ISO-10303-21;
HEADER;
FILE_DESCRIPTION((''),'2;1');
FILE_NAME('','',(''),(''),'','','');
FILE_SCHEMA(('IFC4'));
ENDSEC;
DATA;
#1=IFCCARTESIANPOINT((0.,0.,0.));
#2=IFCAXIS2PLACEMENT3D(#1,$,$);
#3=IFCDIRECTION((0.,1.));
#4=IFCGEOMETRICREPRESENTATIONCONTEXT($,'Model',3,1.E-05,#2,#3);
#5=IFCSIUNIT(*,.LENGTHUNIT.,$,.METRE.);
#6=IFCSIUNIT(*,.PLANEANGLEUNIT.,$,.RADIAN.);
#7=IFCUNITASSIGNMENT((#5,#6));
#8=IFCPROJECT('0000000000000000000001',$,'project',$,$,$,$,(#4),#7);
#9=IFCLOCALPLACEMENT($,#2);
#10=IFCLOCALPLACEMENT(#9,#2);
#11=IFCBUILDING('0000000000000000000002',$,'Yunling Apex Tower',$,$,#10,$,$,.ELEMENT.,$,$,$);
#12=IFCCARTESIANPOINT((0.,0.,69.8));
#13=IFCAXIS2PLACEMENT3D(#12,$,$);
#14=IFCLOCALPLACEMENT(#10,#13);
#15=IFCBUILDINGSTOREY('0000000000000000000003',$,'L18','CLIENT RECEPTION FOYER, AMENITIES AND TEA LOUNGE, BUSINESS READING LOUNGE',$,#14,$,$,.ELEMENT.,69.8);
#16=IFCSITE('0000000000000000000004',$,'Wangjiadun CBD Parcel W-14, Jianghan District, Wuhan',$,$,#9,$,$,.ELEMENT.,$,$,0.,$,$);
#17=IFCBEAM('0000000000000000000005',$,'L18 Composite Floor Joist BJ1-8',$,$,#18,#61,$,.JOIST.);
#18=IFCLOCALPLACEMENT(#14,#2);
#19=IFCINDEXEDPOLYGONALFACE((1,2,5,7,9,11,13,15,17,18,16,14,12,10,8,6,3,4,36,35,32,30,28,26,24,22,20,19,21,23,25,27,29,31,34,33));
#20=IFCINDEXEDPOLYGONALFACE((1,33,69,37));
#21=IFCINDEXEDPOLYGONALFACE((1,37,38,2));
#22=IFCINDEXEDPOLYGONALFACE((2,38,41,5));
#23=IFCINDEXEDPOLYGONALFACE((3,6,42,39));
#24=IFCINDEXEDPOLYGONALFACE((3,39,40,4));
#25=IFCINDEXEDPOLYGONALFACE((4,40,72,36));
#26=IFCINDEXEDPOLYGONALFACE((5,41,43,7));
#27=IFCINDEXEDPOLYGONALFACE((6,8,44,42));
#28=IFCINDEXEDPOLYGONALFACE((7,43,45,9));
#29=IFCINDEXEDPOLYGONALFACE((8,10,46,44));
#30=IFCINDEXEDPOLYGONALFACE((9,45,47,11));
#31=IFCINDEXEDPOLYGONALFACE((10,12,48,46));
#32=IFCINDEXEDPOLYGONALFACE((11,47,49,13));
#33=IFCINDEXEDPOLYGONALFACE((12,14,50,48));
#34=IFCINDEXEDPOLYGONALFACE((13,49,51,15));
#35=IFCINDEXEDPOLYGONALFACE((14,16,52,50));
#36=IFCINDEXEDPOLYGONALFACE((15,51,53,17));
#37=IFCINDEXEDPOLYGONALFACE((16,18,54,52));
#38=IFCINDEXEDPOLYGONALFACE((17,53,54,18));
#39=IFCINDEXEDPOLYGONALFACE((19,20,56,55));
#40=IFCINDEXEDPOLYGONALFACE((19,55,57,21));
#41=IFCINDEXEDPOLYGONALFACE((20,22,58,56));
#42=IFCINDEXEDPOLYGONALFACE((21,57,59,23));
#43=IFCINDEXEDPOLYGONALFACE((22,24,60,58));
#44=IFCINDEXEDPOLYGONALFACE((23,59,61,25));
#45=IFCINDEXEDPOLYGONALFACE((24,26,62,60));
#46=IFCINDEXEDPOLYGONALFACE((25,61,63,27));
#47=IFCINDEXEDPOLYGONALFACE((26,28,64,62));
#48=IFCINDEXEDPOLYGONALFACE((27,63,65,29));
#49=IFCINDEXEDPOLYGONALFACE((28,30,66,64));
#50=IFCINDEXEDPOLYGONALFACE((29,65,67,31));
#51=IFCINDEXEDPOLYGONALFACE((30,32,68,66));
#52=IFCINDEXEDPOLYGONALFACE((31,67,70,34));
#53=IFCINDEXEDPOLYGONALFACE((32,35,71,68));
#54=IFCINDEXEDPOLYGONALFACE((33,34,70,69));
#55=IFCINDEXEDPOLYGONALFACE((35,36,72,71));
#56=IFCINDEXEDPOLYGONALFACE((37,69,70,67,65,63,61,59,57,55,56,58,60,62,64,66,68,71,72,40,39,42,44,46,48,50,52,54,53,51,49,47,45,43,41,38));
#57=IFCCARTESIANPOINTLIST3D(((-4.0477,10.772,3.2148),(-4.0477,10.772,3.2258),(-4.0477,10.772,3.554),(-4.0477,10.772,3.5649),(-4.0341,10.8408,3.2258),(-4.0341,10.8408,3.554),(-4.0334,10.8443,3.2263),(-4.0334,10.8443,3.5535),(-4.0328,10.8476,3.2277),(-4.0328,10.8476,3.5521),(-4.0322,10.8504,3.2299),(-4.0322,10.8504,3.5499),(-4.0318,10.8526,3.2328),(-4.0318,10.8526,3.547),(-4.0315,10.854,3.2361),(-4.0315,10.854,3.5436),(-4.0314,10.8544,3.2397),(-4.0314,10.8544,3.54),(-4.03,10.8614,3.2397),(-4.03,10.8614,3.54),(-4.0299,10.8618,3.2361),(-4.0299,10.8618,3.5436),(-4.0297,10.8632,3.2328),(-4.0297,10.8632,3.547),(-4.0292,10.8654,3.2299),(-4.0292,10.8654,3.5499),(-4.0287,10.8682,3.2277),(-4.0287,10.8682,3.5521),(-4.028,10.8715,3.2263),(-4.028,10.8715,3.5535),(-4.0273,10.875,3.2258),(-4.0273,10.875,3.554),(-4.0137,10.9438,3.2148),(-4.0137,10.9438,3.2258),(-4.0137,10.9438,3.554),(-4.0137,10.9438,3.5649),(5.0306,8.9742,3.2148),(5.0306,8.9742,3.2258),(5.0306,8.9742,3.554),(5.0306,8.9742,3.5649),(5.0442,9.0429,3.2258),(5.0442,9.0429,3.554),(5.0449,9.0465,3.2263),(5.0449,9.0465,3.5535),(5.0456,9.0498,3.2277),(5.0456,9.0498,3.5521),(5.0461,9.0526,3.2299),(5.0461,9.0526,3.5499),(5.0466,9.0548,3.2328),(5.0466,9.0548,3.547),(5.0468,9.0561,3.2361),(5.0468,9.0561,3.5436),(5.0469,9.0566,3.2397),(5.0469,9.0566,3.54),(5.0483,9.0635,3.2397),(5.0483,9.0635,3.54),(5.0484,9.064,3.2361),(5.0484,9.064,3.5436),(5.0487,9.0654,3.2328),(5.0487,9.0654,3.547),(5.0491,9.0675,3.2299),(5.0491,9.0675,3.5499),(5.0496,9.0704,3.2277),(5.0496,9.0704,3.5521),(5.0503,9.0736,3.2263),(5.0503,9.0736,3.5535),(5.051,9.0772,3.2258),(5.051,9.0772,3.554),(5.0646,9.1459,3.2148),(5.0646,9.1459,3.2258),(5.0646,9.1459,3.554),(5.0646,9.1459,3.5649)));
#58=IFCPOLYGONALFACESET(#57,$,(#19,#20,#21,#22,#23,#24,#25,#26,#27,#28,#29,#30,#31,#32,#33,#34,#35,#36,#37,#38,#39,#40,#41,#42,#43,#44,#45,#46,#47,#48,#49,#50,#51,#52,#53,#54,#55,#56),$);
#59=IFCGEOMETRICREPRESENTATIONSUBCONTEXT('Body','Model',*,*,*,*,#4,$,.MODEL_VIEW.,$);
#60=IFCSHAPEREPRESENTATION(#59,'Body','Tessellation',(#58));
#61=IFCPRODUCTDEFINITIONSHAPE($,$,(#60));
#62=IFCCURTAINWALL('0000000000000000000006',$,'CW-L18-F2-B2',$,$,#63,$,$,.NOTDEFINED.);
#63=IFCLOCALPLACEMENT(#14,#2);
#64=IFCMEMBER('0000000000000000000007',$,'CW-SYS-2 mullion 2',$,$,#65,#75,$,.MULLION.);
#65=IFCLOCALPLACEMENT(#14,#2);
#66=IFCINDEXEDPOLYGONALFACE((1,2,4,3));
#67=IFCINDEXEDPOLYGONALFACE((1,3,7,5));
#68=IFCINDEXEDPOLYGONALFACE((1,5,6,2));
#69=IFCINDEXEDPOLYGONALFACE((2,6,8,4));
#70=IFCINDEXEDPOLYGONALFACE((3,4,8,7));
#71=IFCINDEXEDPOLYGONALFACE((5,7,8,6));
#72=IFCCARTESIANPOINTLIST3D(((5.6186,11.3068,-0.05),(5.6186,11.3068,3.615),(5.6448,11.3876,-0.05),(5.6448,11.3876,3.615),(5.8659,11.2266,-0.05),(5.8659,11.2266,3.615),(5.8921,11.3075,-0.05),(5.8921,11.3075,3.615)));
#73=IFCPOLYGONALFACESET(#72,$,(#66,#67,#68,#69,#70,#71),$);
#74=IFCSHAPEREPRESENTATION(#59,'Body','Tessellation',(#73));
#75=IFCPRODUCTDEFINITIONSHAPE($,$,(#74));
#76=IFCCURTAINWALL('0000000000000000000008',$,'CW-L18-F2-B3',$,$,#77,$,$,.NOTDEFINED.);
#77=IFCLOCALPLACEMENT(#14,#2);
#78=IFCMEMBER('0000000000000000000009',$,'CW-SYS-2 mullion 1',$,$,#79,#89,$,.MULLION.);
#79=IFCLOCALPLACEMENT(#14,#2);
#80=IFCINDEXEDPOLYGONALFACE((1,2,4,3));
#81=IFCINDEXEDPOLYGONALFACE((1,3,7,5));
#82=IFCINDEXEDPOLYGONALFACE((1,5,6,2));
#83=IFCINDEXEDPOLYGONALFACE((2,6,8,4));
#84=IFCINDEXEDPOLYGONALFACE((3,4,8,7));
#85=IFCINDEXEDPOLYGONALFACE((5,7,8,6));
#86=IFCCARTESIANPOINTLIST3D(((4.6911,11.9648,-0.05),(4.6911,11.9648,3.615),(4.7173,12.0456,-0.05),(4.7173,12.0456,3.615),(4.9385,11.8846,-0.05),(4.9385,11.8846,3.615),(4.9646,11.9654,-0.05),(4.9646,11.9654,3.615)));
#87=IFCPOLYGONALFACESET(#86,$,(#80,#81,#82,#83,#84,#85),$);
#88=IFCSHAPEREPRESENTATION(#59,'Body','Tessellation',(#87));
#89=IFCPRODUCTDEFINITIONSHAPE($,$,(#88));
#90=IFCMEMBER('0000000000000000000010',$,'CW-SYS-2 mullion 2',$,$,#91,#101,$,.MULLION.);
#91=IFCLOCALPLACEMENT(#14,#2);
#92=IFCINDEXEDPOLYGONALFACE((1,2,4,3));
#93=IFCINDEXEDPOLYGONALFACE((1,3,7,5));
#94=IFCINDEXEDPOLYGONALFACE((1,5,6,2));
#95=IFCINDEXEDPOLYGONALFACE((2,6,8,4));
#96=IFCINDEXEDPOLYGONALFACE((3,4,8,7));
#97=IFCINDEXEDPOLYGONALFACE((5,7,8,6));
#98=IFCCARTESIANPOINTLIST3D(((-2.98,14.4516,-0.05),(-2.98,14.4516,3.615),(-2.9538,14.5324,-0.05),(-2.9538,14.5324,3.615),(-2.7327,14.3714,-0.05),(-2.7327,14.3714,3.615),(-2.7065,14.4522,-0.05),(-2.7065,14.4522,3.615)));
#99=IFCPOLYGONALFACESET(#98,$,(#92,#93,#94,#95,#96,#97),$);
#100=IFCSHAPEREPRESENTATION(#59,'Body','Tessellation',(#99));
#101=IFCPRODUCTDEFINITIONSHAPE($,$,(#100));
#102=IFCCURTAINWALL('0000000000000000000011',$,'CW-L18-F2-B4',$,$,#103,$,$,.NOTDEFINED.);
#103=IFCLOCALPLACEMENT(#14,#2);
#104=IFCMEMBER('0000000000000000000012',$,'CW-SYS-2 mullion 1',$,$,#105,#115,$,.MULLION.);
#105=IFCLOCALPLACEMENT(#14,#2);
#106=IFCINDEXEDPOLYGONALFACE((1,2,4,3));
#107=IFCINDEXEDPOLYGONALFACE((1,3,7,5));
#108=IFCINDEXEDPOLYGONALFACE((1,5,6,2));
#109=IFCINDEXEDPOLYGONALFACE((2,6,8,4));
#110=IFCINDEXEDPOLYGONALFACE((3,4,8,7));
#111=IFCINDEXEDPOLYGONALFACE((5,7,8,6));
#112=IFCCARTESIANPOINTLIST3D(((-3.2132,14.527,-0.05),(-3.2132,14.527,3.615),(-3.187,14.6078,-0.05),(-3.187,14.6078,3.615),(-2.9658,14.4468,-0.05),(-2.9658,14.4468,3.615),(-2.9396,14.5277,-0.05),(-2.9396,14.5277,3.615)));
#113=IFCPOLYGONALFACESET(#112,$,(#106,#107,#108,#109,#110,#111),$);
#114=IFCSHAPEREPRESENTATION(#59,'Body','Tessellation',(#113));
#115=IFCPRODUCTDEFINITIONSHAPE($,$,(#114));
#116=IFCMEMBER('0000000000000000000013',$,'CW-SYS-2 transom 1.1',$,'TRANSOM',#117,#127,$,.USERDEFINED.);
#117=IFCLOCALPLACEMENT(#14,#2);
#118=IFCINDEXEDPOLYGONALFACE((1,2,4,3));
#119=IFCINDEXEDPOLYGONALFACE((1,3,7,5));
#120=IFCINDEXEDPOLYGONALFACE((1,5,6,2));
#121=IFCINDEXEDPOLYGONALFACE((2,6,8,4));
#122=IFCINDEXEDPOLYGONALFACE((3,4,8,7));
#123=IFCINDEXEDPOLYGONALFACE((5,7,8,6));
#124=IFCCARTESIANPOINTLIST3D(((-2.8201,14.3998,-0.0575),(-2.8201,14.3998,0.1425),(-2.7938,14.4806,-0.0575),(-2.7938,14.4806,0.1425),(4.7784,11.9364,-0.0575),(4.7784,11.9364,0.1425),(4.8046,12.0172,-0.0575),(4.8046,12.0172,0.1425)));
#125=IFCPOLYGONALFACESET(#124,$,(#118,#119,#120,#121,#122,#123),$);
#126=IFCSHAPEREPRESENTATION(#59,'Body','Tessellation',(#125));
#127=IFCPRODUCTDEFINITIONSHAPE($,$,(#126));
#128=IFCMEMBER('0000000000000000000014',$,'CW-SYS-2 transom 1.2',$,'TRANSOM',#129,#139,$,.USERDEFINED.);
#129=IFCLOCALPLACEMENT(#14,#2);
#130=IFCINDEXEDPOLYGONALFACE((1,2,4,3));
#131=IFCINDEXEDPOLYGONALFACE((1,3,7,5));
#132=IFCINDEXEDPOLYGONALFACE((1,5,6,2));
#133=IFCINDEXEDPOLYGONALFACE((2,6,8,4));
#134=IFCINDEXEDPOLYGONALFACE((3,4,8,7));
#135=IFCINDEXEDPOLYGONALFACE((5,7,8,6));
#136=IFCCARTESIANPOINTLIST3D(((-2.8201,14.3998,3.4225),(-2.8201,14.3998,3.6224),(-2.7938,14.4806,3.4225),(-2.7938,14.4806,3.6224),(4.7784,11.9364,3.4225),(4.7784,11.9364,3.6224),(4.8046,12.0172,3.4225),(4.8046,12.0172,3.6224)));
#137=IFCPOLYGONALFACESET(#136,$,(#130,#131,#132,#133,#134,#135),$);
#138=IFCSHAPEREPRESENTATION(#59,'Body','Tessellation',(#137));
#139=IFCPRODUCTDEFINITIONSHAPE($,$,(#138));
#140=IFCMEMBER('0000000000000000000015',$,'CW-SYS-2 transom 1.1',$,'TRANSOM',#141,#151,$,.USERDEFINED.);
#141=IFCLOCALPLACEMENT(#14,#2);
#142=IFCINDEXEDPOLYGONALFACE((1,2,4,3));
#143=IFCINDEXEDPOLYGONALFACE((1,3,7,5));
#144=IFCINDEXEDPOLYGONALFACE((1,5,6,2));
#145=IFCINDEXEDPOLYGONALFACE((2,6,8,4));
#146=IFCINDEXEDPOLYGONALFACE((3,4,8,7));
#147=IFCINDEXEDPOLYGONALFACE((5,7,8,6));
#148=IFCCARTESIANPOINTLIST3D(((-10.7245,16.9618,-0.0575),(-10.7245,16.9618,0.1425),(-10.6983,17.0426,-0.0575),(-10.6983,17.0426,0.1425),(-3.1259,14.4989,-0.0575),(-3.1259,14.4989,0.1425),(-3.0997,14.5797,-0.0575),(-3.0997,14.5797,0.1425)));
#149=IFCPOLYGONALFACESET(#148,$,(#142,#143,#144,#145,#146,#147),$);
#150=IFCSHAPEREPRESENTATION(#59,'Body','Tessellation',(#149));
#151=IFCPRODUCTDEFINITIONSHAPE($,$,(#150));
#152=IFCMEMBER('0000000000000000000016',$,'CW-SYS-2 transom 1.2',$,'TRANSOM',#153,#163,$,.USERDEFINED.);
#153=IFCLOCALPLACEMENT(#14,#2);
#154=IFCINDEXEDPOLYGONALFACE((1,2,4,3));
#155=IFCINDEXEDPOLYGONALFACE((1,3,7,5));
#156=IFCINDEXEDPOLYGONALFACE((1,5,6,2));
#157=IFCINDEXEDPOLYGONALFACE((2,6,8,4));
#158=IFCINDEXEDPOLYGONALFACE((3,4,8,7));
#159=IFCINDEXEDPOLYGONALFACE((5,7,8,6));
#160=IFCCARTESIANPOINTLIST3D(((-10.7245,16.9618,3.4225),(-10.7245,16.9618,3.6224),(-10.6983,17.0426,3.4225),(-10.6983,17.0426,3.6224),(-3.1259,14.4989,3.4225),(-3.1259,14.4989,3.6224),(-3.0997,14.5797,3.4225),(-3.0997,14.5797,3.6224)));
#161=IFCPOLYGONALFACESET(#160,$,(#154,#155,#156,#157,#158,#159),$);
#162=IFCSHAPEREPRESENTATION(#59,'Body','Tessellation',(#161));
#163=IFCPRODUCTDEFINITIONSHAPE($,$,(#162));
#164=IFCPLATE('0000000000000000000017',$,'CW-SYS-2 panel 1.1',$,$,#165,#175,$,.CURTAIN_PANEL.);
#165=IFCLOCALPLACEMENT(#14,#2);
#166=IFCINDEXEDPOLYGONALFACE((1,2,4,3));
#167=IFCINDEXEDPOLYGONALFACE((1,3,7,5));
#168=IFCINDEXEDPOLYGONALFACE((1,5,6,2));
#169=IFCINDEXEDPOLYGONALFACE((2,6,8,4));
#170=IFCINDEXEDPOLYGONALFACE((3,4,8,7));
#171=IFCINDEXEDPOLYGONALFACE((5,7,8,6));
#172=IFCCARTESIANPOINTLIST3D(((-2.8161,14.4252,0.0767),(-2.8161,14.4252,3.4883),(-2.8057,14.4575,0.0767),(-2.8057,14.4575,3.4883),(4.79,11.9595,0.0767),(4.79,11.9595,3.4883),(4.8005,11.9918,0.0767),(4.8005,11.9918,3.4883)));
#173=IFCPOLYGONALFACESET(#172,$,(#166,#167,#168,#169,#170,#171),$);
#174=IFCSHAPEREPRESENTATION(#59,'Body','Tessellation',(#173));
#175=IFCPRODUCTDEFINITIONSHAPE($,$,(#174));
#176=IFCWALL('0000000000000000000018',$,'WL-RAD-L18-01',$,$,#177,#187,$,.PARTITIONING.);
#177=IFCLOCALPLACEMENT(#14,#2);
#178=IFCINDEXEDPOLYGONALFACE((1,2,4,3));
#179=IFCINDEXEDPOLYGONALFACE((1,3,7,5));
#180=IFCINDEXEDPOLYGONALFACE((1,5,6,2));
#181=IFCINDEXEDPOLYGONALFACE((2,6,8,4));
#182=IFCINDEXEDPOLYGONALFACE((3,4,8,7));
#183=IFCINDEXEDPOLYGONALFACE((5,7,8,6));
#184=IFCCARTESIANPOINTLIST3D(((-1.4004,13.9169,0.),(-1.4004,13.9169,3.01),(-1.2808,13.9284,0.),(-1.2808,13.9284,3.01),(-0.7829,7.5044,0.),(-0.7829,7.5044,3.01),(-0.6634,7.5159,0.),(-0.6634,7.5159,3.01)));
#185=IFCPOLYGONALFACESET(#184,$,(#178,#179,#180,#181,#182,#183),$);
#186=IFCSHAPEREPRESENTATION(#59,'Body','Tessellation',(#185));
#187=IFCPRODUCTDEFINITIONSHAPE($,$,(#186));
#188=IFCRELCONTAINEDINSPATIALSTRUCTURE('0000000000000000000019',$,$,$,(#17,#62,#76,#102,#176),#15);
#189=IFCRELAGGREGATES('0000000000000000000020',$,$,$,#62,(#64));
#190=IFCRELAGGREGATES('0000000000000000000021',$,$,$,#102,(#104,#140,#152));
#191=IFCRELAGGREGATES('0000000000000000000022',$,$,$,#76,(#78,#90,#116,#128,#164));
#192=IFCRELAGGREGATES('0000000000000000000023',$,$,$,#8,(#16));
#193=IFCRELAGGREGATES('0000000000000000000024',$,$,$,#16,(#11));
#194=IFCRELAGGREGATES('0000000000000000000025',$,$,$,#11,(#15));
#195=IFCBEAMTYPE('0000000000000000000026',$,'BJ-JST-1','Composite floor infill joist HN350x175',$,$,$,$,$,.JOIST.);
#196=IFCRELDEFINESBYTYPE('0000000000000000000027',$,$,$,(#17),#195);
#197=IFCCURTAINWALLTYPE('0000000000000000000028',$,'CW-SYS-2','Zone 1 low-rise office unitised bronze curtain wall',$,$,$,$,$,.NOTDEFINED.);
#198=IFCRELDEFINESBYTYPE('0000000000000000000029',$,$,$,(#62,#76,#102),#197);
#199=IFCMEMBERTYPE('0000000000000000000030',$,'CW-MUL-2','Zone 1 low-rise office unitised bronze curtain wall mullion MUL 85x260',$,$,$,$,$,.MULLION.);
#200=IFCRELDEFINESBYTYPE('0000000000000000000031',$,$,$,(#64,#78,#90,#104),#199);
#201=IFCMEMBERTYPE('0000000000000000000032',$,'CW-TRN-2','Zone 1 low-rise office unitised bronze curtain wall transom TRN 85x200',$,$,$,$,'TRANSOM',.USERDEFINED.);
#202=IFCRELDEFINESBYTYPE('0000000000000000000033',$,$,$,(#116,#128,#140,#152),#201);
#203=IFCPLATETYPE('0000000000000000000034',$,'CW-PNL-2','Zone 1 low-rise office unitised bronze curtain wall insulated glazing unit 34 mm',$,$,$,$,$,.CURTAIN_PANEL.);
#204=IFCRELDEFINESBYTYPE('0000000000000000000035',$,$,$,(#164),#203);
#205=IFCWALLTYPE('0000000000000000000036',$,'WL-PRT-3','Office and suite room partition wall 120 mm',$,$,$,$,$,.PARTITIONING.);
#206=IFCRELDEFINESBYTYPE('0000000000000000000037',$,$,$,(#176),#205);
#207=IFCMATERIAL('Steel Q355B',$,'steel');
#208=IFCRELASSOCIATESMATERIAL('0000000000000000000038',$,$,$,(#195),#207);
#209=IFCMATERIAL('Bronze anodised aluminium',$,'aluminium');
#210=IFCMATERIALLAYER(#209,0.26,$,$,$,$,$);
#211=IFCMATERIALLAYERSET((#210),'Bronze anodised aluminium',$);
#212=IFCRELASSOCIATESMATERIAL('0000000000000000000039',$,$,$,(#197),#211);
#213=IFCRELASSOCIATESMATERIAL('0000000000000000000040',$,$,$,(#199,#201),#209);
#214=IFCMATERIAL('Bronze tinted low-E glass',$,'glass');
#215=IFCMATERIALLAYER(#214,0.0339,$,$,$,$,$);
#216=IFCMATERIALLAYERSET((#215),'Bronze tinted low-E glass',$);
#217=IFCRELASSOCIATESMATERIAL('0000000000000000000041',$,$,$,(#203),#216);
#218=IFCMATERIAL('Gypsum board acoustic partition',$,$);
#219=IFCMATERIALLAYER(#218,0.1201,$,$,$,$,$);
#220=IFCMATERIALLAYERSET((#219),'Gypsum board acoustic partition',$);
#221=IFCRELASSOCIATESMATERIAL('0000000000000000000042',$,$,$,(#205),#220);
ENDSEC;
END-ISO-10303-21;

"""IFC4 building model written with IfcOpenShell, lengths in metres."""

from ifc_helpers import new_model, si_unit, direction, frame, frame_2d, origin, origin_2d, place, context, subcontext, project, spatial, rectangle, i_section, extrude, source, transform, mapped, material, layer, layer_set, material_profile, profile_set, type_object, element, aggregate, save


model = new_model("IFC4")

# Units and contexts
model_context = context("Model", 3, precision=1e-05, world=origin(), true_north=direction((0.0, 1.0)))
body_context = subcontext(model_context, "Body", "Model", "MODEL_VIEW")
ifc_project = project(units=[si_unit("LENGTHUNIT", "METRE"), si_unit("PLANEANGLEUNIT", "RADIAN")], contexts=[model_context])

# Site, building, storey
site_placement = place(None, origin())
site = spatial("IfcSite", under=ifc_project, at=site_placement, Name="Wangjiadun CBD Parcel W-14, Jianghan District, Wuhan", CompositionType="ELEMENT", RefElevation=0.0)
building_placement = place(site_placement, origin())
building = spatial("IfcBuilding", under=site, at=building_placement, Name="Yunling Apex Tower", CompositionType="ELEMENT")
storey_placement = place(building_placement, frame((0.0, 0.0, 69.8)))
storey = spatial("IfcBuildingStorey", under=building, at=storey_placement, Name="L18", Description="CLIENT RECEPTION FOYER, AMENITIES AND TEA LOUNGE, BUSINESS READING LOUNGE", CompositionType="ELEMENT", Elevation=69.8)

# Beam
ifc_material_1 = material(Name="Steel Q355B", Category="steel")
ifc_material_profile_1 = material_profile(ifc_material_1, i_section(OverallWidth=0.175, OverallDepth=0.3501, WebThickness=0.0071, FlangeThickness=0.011, FilletRadius=0.0139, at=origin_2d()))
ifc_profile_set_1 = profile_set([ifc_material_profile_1], Name="Steel Q355B")
beam_type_1 = type_object("IfcBeamType", Name="BJ-JST-1", Description="Composite floor infill joist HN350x175", PredefinedType="JOIST", material=ifc_profile_set_1)
shared_shape_1 = source(origin(), body_context, "Body", "SweptSolid", [
    extrude(i_section(OverallWidth=0.175, OverallDepth=0.3501, WebThickness=0.0071, FlangeThickness=0.011, FilletRadius=0.0139, at=origin_2d()), origin(), (0.0, 0.0, 1.0), 9.2546),
])
beam_1_placement = place(storey_placement, frame((5.0476, 9.0601, 3.3899), z_axis=(-0.980949, 0.194264, 0.0), x_axis=(-0.194264, -0.980949, 0.0)))
element("IfcBeam", 1, at=beam_1_placement, inside=storey, type_object=beam_type_1, Name="L18 Composite Floor Joist BJ1-8", PredefinedType="JOIST", context=body_context, shape_type="MappedRepresentation", body=[
    mapped(shared_shape_1, transform((0.0, 0.0, 0.0), scale=1.0)),
])

# Curtain wall, member
ifc_material_2 = material(Name="Bronze anodised aluminium", Category="aluminium")
ifc_layer_1 = layer(ifc_material_2, 0.26)
ifc_layer_set_1 = layer_set([ifc_layer_1], Name="Bronze anodised aluminium")
curtain_wall_type = type_object("IfcCurtainWallType", Name="CW-SYS-2", Description="Zone 1 low-rise office unitised bronze curtain wall", PredefinedType="NOTDEFINED", material=ifc_layer_set_1)
curtain_wall_1_placement = place(storey_placement, origin())
curtain_wall_1 = element("IfcCurtainWall", 2, at=curtain_wall_1_placement, inside=storey, type_object=curtain_wall_type, Name="CW-L18-F2-B2", PredefinedType="NOTDEFINED")
ifc_material_profile_2 = material_profile(ifc_material_2, rectangle(XDim=0.085, YDim=0.26, at=origin_2d()))
ifc_profile_set_2 = profile_set([ifc_material_profile_2], Name="Bronze anodised aluminium")
member_type_1 = type_object("IfcMemberType", Name="CW-MUL-2", Description="Zone 1 low-rise office unitised bronze curtain wall mullion MUL 85x260", PredefinedType="MULLION", material=ifc_profile_set_2)
shared_shape_2 = source(origin(), body_context, "Body", "SweptSolid", [
    extrude(rectangle(XDim=0.085, YDim=0.26, at=origin_2d()), origin(), (0.0, 0.0, 1.0), 3.665),
])
member_1_placement = place(storey_placement, frame((5.7554, 11.3071, -0.05), z_axis=(0.0, 0.0, 1.0), x_axis=(-0.308352, -0.951272, 0.0)))
member_1 = element("IfcMember", 3, at=member_1_placement, type_object=member_type_1, Name="CW-SYS-2 mullion 2", PredefinedType="MULLION", context=body_context, shape_type="MappedRepresentation", body=[
    mapped(shared_shape_2, transform((0.0, 0.0, 0.0), scale=1.0)),
])
aggregate(curtain_wall_1, [member_1])

# Curtain wall, members
curtain_wall_2_placement = place(storey_placement, origin())
curtain_wall_2 = element("IfcCurtainWall", 4, at=curtain_wall_2_placement, inside=storey, type_object=curtain_wall_type, Name="CW-L18-F2-B3", PredefinedType="NOTDEFINED")
member_2_placement = place(storey_placement, frame((4.8279, 11.9651, -0.05), z_axis=(0.0, 0.0, 1.0), x_axis=(-0.308368, -0.951267, 0.0)))
member_2 = element("IfcMember", 5, at=member_2_placement, type_object=member_type_1, Name="CW-SYS-2 mullion 1", PredefinedType="MULLION", context=body_context, shape_type="MappedRepresentation", body=[
    mapped(shared_shape_2, transform((0.0, 0.0, 0.0), scale=1.0)),
])
member_3_placement = place(storey_placement, frame((-2.8433, 14.4519, -0.05), z_axis=(0.0, 0.0, 1.0), x_axis=(-0.308368, -0.951267, 0.0)))
member_3 = element("IfcMember", 6, at=member_3_placement, type_object=member_type_1, Name="CW-SYS-2 mullion 2", PredefinedType="MULLION", context=body_context, shape_type="MappedRepresentation", body=[
    mapped(shared_shape_2, transform((0.0, 0.0, 0.0), scale=1.0)),
])

# Curtain wall, member
curtain_wall_3_placement = place(storey_placement, origin())
curtain_wall_3 = element("IfcCurtainWall", 7, at=curtain_wall_3_placement, inside=storey, type_object=curtain_wall_type, Name="CW-L18-F2-B4", PredefinedType="NOTDEFINED")
member_4_placement = place(storey_placement, frame((-3.0764, 14.5273, -0.05), z_axis=(0.0, 0.0, 1.0), x_axis=(-0.308357, -0.951271, 0.0)))
member_4 = element("IfcMember", 8, at=member_4_placement, type_object=member_type_1, Name="CW-SYS-2 mullion 1", PredefinedType="MULLION", context=body_context, shape_type="MappedRepresentation", body=[
    mapped(shared_shape_2, transform((0.0, 0.0, 0.0), scale=1.0)),
])

# Members
ifc_material_profile_3 = material_profile(ifc_material_2, rectangle(XDim=0.085, YDim=0.2, at=origin_2d()))
ifc_profile_set_3 = profile_set([ifc_material_profile_3], Name="Bronze anodised aluminium")
member_type_2 = type_object("IfcMemberType", Name="CW-TRN-2", Description="Zone 1 low-rise office unitised bronze curtain wall transom TRN 85x200", ElementType="TRANSOM", PredefinedType="USERDEFINED", material=ifc_profile_set_3)
shared_shape_3 = source(origin(), body_context, "Body", "SweptSolid", [
    extrude(rectangle(XDim=0.085, YDim=0.2, at=origin_2d()), origin(), (0.0, 0.0, 1.0), 7.9878),
])
member_5_placement = place(storey_placement, frame((4.7915, 11.9768, 0.0425), z_axis=(-0.951258, 0.308396, 0.0), x_axis=(-0.308396, -0.951258, 0.0)))
member_5 = element("IfcMember", 9, at=member_5_placement, type_object=member_type_2, Name="CW-SYS-2 transom 1.1", ObjectType="TRANSOM", PredefinedType="USERDEFINED", context=body_context, shape_type="MappedRepresentation", body=[
    mapped(shared_shape_3, transform((0.0, 0.0, 0.0), scale=1.0)),
])
member_6_placement = place(storey_placement, frame((4.7915, 11.9768, 3.5225), z_axis=(-0.951258, 0.308396, 0.0), x_axis=(-0.308396, -0.951258, 0.0)))
member_6 = element("IfcMember", 10, at=member_6_placement, type_object=member_type_2, Name="CW-SYS-2 transom 1.2", ObjectType="TRANSOM", PredefinedType="USERDEFINED", context=body_context, shape_type="MappedRepresentation", body=[
    mapped(shared_shape_3, transform((0.0, 0.0, 0.0), scale=1.0)),
])
member_7_placement = place(storey_placement, frame((-3.1128, 14.5393, 0.0425), z_axis=(-0.951279, 0.308331, 0.0), x_axis=(-0.308331, -0.951279, 0.0)))
member_7 = element("IfcMember", 11, at=member_7_placement, type_object=member_type_2, Name="CW-SYS-2 transom 1.1", ObjectType="TRANSOM", PredefinedType="USERDEFINED", context=body_context, shape_type="MappedRepresentation", body=[
    mapped(shared_shape_3, transform((0.0, 0.0, 0.0), scale=1.0)),
])
member_8_placement = place(storey_placement, frame((-3.1128, 14.5393, 3.5225), z_axis=(-0.951279, 0.308331, 0.0), x_axis=(-0.308331, -0.951279, 0.0)))
member_8 = element("IfcMember", 12, at=member_8_placement, type_object=member_type_2, Name="CW-SYS-2 transom 1.2", ObjectType="TRANSOM", PredefinedType="USERDEFINED", context=body_context, shape_type="MappedRepresentation", body=[
    mapped(shared_shape_3, transform((0.0, 0.0, 0.0), scale=1.0)),
])
aggregate(curtain_wall_3, [member_4, member_7, member_8])

# Plate
ifc_material_3 = material(Name="Bronze tinted low-E glass", Category="glass")
ifc_layer_2 = layer(ifc_material_3, 0.0339)
ifc_layer_set_2 = layer_set([ifc_layer_2], Name="Bronze tinted low-E glass")
plate_type = type_object("IfcPlateType", Name="CW-PNL-2", Description="Zone 1 low-rise office unitised bronze curtain wall insulated glazing unit 34 mm", PredefinedType="CURTAIN_PANEL", material=ifc_layer_set_2)
shared_shape_4 = source(origin(), body_context, "Body", "SweptSolid", [
    extrude(rectangle(XDim=7.9958, YDim=0.0339, at=origin_2d()), origin(), (0.0, 0.0, 1.0), 3.4116),
])
plate_placement = place(storey_placement, frame((0.9922, 13.2085, 0.0767), z_axis=(0.0, 0.0, 1.0), x_axis=(-0.951267, 0.308368, 0.0)))
plate = element("IfcPlate", 13, at=plate_placement, type_object=plate_type, Name="CW-SYS-2 panel 1.1", PredefinedType="CURTAIN_PANEL", context=body_context, shape_type="MappedRepresentation", body=[
    mapped(shared_shape_4, transform((0.0, 0.0, 0.0), scale=1.0)),
])
aggregate(curtain_wall_2, [member_2, member_3, member_5, member_6, plate])

# Wall
ifc_material_4 = material(Name="Gypsum board acoustic partition")
ifc_layer_3 = layer(ifc_material_4, 0.1201)
ifc_layer_set_3 = layer_set([ifc_layer_3], Name="Gypsum board acoustic partition")
wall_type = type_object("IfcWallType", Name="WL-PRT-3", Description="Office and suite room partition wall 120 mm", PredefinedType="PARTITIONING", material=ifc_layer_set_3)
wall_placement = place(storey_placement, frame((-0.7231, 7.51, 0.0), z_axis=(0.0, 0.0, 1.0), x_axis=(-0.095841, 0.995397, 0.0)))
element("IfcWall", 14, at=wall_placement, inside=storey, type_object=wall_type, Name="WL-RAD-L18-01", PredefinedType="PARTITIONING", context=body_context, shape_type="SweptSolid", body=[
    extrude(rectangle(XDim=6.4421, YDim=0.1201, at=frame_2d((3.2212, 0.0))), origin(), (0.0, 0.0, 1.0), 3.01),
])

save(model, "model.ifc")
